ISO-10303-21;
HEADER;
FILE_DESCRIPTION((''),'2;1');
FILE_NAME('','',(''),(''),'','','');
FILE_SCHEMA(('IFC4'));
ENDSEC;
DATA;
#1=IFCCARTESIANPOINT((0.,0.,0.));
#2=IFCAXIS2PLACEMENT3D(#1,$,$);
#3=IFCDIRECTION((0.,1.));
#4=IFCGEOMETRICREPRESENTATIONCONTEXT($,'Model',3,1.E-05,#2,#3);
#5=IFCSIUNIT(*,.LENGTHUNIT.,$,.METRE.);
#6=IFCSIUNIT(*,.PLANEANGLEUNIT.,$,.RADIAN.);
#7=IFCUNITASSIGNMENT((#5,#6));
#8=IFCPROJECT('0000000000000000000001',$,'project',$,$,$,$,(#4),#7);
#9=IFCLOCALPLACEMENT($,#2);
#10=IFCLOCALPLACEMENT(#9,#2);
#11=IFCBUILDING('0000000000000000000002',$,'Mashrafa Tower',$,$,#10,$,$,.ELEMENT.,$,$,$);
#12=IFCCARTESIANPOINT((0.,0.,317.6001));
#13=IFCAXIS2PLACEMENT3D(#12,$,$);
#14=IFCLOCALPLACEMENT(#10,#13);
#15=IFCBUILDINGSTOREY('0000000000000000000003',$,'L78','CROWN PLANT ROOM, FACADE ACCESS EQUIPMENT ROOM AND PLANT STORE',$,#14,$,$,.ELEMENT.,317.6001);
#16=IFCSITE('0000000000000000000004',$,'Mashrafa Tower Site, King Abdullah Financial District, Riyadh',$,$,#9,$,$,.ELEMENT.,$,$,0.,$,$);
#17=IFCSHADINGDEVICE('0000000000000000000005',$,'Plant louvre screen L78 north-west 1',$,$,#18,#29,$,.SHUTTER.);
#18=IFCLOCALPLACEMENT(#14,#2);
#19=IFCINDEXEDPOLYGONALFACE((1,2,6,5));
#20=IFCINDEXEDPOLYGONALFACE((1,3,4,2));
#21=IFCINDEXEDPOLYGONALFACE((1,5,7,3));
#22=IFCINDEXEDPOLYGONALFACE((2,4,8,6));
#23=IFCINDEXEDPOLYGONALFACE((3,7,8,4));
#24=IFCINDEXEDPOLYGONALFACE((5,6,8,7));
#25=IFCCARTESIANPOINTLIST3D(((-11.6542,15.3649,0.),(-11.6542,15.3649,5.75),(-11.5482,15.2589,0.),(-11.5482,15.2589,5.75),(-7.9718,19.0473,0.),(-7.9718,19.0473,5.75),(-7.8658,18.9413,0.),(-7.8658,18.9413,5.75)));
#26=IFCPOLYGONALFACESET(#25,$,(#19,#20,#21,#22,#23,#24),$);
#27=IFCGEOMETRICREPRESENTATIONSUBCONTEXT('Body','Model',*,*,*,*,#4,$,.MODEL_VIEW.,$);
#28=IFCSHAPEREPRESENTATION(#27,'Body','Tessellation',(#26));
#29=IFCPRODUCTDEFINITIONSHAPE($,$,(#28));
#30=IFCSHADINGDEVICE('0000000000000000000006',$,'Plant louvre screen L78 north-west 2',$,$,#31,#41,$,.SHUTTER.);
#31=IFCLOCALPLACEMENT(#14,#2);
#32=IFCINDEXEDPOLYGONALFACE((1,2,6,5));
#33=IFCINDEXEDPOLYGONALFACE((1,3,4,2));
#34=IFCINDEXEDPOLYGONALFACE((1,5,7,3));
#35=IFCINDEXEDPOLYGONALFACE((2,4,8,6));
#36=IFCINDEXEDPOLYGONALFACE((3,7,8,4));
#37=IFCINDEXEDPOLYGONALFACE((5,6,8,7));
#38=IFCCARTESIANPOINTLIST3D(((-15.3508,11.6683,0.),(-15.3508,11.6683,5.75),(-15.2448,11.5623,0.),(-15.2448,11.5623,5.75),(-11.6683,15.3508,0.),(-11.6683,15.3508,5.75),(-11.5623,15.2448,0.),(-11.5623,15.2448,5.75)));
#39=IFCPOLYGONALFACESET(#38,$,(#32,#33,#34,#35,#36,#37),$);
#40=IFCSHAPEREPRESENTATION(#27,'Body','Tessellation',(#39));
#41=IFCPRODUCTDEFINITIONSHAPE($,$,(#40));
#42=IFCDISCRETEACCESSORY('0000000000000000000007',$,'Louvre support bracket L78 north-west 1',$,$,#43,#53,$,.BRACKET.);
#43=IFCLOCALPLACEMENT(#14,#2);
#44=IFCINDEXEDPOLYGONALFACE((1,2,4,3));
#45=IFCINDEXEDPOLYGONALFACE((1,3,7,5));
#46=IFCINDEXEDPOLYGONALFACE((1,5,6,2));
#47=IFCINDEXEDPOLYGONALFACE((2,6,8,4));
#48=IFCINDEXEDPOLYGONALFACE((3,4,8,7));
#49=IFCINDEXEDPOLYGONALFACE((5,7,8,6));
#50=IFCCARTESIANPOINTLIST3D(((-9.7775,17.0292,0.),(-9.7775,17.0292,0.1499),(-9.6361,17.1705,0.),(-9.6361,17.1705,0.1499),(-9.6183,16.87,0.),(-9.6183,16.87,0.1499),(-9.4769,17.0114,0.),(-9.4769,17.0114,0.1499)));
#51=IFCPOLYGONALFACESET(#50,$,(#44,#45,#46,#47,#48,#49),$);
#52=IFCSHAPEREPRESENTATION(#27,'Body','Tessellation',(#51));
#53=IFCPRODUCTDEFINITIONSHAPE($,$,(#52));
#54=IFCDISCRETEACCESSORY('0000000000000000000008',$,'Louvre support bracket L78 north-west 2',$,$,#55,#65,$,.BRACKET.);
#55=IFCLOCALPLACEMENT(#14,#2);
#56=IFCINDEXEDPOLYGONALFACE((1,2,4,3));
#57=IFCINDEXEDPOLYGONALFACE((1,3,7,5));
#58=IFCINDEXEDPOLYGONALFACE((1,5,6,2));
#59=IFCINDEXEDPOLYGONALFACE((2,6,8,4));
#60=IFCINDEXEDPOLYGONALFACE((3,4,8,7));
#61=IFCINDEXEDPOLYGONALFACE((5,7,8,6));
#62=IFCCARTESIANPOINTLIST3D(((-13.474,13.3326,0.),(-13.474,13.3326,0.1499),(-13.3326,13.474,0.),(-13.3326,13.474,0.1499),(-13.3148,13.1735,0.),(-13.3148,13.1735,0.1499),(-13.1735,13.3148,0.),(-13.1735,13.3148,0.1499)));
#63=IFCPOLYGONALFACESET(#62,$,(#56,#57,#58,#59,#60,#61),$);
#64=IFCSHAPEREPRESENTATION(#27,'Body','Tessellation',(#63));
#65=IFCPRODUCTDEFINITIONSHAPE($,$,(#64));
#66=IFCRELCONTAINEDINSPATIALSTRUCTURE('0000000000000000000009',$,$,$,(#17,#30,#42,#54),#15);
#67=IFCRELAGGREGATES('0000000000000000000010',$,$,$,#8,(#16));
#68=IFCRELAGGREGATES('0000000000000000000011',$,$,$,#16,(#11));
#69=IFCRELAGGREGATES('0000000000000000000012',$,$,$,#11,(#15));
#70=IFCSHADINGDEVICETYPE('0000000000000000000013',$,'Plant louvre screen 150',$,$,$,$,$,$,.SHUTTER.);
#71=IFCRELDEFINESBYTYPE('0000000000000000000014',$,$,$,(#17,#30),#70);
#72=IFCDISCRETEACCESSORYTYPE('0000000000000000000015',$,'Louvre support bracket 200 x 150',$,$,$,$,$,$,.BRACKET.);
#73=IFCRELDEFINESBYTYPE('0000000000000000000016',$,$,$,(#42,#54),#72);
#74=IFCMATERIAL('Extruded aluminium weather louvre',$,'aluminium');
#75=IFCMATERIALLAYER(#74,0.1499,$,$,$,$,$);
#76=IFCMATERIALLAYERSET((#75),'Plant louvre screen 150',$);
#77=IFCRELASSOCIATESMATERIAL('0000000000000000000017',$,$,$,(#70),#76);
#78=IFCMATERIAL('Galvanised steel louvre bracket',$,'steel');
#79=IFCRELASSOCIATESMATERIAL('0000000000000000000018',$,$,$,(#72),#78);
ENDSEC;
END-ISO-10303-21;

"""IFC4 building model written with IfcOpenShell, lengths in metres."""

from ifc_helpers import new_model, si_unit, direction, frame, origin, origin_2d, place, context, subcontext, project, spatial, rectangle, extrude, source, transform, mapped, material, layer, layer_set, type_object, type_shapes, element, save


model = new_model("IFC4")

# Units and contexts
model_context = context("Model", 3, precision=1e-05, world=origin(), true_north=direction((0.0, 1.0)))
body_context = subcontext(model_context, "Body", "Model", "MODEL_VIEW")
ifc_project = project(units=[si_unit("LENGTHUNIT", "METRE"), si_unit("PLANEANGLEUNIT", "RADIAN")], contexts=[model_context])

# Site, building, storey
site_placement = place(None, origin())
site = spatial("IfcSite", under=ifc_project, at=site_placement, Name="Mashrafa Tower Site, King Abdullah Financial District, Riyadh", CompositionType="ELEMENT", RefElevation=0.0)
building_placement = place(site_placement, origin())
building = spatial("IfcBuilding", under=site, at=building_placement, Name="Mashrafa Tower", CompositionType="ELEMENT")
storey_placement = place(building_placement, frame((0.0, 0.0, 317.6001)))
storey = spatial("IfcBuildingStorey", under=building, at=storey_placement, Name="L78", Description="CROWN PLANT ROOM, FACADE ACCESS EQUIPMENT ROOM AND PLANT STORE", CompositionType="ELEMENT", Elevation=317.6001)

# Shading devices
ifc_material_1 = material(Name="Extruded aluminium weather louvre", Category="aluminium")
ifc_layer_1 = layer(ifc_material_1, 0.1499)
ifc_layer_set_1 = layer_set([ifc_layer_1], Name="Plant louvre screen 150")
shading_device_type = type_object("IfcShadingDeviceType", Name="Plant louvre screen 150", PredefinedType="SHUTTER", material=ifc_layer_set_1)
shared_shape_1 = source(origin(), body_context, "Body", "SweptSolid", [
    extrude(rectangle(XDim=5.2078, YDim=0.1499, at=origin_2d()), origin(), (0.0, 0.0, 1.0), 5.75),
])
type_shapes(shading_device_type, [shared_shape_1])
for number, where, z_axis, x_axis, name in (
    (1, (-9.76, 17.1531, 0.0), (0.0, 0.0, 1.0), (-0.707107, -0.707107, 0.0), "Plant louvre screen L78 north-west 1"),
    (2, (-13.4565, 13.4565, 0.0), (0.0, 0.0, 1.0), (-0.707107, -0.707107, 0.0), "Plant louvre screen L78 north-west 2"),
):
    element("IfcShadingDevice", number, at=place(storey_placement, frame(where, z_axis=z_axis, x_axis=x_axis)), inside=storey, type_object=shading_device_type, Name=name, PredefinedType="SHUTTER", context=body_context, shape_type="MappedRepresentation", body=[
        mapped(shared_shape_1, transform((0.0, 0.0, 0.0))),
    ])

# Discrete accessories
ifc_material_2 = material(Name="Galvanised steel louvre bracket", Category="steel")
discrete_accessory_type = type_object("IfcDiscreteAccessoryType", Name="Louvre support bracket 200 x 150", PredefinedType="BRACKET", material=ifc_material_2)
shared_shape_2 = source(origin(), body_context, "Body", "SweptSolid", [
    extrude(rectangle(XDim=0.2, YDim=0.2251, at=origin_2d()), origin(), (0.0, 0.0, 1.0), 0.1499),
])
type_shapes(discrete_accessory_type, [shared_shape_2])
for number, where, z_axis, x_axis, name in (
    (3, (-9.6272, 17.0203, 0.0), (0.0, 0.0, 1.0), (-0.707107, -0.707107, 0.0), "Louvre support bracket L78 north-west 1"),
    (4, (-13.3237, 13.3237, 0.0), (0.0, 0.0, 1.0), (-0.707107, -0.707107, 0.0), "Louvre support bracket L78 north-west 2"),
):
    element("IfcDiscreteAccessory", number, at=place(storey_placement, frame(where, z_axis=z_axis, x_axis=x_axis)), inside=storey, type_object=discrete_accessory_type, Name=name, PredefinedType="BRACKET", context=body_context, shape_type="MappedRepresentation", body=[
        mapped(shared_shape_2, transform((0.0, 0.0, 0.0))),
    ])

save(model, "model.ifc")
